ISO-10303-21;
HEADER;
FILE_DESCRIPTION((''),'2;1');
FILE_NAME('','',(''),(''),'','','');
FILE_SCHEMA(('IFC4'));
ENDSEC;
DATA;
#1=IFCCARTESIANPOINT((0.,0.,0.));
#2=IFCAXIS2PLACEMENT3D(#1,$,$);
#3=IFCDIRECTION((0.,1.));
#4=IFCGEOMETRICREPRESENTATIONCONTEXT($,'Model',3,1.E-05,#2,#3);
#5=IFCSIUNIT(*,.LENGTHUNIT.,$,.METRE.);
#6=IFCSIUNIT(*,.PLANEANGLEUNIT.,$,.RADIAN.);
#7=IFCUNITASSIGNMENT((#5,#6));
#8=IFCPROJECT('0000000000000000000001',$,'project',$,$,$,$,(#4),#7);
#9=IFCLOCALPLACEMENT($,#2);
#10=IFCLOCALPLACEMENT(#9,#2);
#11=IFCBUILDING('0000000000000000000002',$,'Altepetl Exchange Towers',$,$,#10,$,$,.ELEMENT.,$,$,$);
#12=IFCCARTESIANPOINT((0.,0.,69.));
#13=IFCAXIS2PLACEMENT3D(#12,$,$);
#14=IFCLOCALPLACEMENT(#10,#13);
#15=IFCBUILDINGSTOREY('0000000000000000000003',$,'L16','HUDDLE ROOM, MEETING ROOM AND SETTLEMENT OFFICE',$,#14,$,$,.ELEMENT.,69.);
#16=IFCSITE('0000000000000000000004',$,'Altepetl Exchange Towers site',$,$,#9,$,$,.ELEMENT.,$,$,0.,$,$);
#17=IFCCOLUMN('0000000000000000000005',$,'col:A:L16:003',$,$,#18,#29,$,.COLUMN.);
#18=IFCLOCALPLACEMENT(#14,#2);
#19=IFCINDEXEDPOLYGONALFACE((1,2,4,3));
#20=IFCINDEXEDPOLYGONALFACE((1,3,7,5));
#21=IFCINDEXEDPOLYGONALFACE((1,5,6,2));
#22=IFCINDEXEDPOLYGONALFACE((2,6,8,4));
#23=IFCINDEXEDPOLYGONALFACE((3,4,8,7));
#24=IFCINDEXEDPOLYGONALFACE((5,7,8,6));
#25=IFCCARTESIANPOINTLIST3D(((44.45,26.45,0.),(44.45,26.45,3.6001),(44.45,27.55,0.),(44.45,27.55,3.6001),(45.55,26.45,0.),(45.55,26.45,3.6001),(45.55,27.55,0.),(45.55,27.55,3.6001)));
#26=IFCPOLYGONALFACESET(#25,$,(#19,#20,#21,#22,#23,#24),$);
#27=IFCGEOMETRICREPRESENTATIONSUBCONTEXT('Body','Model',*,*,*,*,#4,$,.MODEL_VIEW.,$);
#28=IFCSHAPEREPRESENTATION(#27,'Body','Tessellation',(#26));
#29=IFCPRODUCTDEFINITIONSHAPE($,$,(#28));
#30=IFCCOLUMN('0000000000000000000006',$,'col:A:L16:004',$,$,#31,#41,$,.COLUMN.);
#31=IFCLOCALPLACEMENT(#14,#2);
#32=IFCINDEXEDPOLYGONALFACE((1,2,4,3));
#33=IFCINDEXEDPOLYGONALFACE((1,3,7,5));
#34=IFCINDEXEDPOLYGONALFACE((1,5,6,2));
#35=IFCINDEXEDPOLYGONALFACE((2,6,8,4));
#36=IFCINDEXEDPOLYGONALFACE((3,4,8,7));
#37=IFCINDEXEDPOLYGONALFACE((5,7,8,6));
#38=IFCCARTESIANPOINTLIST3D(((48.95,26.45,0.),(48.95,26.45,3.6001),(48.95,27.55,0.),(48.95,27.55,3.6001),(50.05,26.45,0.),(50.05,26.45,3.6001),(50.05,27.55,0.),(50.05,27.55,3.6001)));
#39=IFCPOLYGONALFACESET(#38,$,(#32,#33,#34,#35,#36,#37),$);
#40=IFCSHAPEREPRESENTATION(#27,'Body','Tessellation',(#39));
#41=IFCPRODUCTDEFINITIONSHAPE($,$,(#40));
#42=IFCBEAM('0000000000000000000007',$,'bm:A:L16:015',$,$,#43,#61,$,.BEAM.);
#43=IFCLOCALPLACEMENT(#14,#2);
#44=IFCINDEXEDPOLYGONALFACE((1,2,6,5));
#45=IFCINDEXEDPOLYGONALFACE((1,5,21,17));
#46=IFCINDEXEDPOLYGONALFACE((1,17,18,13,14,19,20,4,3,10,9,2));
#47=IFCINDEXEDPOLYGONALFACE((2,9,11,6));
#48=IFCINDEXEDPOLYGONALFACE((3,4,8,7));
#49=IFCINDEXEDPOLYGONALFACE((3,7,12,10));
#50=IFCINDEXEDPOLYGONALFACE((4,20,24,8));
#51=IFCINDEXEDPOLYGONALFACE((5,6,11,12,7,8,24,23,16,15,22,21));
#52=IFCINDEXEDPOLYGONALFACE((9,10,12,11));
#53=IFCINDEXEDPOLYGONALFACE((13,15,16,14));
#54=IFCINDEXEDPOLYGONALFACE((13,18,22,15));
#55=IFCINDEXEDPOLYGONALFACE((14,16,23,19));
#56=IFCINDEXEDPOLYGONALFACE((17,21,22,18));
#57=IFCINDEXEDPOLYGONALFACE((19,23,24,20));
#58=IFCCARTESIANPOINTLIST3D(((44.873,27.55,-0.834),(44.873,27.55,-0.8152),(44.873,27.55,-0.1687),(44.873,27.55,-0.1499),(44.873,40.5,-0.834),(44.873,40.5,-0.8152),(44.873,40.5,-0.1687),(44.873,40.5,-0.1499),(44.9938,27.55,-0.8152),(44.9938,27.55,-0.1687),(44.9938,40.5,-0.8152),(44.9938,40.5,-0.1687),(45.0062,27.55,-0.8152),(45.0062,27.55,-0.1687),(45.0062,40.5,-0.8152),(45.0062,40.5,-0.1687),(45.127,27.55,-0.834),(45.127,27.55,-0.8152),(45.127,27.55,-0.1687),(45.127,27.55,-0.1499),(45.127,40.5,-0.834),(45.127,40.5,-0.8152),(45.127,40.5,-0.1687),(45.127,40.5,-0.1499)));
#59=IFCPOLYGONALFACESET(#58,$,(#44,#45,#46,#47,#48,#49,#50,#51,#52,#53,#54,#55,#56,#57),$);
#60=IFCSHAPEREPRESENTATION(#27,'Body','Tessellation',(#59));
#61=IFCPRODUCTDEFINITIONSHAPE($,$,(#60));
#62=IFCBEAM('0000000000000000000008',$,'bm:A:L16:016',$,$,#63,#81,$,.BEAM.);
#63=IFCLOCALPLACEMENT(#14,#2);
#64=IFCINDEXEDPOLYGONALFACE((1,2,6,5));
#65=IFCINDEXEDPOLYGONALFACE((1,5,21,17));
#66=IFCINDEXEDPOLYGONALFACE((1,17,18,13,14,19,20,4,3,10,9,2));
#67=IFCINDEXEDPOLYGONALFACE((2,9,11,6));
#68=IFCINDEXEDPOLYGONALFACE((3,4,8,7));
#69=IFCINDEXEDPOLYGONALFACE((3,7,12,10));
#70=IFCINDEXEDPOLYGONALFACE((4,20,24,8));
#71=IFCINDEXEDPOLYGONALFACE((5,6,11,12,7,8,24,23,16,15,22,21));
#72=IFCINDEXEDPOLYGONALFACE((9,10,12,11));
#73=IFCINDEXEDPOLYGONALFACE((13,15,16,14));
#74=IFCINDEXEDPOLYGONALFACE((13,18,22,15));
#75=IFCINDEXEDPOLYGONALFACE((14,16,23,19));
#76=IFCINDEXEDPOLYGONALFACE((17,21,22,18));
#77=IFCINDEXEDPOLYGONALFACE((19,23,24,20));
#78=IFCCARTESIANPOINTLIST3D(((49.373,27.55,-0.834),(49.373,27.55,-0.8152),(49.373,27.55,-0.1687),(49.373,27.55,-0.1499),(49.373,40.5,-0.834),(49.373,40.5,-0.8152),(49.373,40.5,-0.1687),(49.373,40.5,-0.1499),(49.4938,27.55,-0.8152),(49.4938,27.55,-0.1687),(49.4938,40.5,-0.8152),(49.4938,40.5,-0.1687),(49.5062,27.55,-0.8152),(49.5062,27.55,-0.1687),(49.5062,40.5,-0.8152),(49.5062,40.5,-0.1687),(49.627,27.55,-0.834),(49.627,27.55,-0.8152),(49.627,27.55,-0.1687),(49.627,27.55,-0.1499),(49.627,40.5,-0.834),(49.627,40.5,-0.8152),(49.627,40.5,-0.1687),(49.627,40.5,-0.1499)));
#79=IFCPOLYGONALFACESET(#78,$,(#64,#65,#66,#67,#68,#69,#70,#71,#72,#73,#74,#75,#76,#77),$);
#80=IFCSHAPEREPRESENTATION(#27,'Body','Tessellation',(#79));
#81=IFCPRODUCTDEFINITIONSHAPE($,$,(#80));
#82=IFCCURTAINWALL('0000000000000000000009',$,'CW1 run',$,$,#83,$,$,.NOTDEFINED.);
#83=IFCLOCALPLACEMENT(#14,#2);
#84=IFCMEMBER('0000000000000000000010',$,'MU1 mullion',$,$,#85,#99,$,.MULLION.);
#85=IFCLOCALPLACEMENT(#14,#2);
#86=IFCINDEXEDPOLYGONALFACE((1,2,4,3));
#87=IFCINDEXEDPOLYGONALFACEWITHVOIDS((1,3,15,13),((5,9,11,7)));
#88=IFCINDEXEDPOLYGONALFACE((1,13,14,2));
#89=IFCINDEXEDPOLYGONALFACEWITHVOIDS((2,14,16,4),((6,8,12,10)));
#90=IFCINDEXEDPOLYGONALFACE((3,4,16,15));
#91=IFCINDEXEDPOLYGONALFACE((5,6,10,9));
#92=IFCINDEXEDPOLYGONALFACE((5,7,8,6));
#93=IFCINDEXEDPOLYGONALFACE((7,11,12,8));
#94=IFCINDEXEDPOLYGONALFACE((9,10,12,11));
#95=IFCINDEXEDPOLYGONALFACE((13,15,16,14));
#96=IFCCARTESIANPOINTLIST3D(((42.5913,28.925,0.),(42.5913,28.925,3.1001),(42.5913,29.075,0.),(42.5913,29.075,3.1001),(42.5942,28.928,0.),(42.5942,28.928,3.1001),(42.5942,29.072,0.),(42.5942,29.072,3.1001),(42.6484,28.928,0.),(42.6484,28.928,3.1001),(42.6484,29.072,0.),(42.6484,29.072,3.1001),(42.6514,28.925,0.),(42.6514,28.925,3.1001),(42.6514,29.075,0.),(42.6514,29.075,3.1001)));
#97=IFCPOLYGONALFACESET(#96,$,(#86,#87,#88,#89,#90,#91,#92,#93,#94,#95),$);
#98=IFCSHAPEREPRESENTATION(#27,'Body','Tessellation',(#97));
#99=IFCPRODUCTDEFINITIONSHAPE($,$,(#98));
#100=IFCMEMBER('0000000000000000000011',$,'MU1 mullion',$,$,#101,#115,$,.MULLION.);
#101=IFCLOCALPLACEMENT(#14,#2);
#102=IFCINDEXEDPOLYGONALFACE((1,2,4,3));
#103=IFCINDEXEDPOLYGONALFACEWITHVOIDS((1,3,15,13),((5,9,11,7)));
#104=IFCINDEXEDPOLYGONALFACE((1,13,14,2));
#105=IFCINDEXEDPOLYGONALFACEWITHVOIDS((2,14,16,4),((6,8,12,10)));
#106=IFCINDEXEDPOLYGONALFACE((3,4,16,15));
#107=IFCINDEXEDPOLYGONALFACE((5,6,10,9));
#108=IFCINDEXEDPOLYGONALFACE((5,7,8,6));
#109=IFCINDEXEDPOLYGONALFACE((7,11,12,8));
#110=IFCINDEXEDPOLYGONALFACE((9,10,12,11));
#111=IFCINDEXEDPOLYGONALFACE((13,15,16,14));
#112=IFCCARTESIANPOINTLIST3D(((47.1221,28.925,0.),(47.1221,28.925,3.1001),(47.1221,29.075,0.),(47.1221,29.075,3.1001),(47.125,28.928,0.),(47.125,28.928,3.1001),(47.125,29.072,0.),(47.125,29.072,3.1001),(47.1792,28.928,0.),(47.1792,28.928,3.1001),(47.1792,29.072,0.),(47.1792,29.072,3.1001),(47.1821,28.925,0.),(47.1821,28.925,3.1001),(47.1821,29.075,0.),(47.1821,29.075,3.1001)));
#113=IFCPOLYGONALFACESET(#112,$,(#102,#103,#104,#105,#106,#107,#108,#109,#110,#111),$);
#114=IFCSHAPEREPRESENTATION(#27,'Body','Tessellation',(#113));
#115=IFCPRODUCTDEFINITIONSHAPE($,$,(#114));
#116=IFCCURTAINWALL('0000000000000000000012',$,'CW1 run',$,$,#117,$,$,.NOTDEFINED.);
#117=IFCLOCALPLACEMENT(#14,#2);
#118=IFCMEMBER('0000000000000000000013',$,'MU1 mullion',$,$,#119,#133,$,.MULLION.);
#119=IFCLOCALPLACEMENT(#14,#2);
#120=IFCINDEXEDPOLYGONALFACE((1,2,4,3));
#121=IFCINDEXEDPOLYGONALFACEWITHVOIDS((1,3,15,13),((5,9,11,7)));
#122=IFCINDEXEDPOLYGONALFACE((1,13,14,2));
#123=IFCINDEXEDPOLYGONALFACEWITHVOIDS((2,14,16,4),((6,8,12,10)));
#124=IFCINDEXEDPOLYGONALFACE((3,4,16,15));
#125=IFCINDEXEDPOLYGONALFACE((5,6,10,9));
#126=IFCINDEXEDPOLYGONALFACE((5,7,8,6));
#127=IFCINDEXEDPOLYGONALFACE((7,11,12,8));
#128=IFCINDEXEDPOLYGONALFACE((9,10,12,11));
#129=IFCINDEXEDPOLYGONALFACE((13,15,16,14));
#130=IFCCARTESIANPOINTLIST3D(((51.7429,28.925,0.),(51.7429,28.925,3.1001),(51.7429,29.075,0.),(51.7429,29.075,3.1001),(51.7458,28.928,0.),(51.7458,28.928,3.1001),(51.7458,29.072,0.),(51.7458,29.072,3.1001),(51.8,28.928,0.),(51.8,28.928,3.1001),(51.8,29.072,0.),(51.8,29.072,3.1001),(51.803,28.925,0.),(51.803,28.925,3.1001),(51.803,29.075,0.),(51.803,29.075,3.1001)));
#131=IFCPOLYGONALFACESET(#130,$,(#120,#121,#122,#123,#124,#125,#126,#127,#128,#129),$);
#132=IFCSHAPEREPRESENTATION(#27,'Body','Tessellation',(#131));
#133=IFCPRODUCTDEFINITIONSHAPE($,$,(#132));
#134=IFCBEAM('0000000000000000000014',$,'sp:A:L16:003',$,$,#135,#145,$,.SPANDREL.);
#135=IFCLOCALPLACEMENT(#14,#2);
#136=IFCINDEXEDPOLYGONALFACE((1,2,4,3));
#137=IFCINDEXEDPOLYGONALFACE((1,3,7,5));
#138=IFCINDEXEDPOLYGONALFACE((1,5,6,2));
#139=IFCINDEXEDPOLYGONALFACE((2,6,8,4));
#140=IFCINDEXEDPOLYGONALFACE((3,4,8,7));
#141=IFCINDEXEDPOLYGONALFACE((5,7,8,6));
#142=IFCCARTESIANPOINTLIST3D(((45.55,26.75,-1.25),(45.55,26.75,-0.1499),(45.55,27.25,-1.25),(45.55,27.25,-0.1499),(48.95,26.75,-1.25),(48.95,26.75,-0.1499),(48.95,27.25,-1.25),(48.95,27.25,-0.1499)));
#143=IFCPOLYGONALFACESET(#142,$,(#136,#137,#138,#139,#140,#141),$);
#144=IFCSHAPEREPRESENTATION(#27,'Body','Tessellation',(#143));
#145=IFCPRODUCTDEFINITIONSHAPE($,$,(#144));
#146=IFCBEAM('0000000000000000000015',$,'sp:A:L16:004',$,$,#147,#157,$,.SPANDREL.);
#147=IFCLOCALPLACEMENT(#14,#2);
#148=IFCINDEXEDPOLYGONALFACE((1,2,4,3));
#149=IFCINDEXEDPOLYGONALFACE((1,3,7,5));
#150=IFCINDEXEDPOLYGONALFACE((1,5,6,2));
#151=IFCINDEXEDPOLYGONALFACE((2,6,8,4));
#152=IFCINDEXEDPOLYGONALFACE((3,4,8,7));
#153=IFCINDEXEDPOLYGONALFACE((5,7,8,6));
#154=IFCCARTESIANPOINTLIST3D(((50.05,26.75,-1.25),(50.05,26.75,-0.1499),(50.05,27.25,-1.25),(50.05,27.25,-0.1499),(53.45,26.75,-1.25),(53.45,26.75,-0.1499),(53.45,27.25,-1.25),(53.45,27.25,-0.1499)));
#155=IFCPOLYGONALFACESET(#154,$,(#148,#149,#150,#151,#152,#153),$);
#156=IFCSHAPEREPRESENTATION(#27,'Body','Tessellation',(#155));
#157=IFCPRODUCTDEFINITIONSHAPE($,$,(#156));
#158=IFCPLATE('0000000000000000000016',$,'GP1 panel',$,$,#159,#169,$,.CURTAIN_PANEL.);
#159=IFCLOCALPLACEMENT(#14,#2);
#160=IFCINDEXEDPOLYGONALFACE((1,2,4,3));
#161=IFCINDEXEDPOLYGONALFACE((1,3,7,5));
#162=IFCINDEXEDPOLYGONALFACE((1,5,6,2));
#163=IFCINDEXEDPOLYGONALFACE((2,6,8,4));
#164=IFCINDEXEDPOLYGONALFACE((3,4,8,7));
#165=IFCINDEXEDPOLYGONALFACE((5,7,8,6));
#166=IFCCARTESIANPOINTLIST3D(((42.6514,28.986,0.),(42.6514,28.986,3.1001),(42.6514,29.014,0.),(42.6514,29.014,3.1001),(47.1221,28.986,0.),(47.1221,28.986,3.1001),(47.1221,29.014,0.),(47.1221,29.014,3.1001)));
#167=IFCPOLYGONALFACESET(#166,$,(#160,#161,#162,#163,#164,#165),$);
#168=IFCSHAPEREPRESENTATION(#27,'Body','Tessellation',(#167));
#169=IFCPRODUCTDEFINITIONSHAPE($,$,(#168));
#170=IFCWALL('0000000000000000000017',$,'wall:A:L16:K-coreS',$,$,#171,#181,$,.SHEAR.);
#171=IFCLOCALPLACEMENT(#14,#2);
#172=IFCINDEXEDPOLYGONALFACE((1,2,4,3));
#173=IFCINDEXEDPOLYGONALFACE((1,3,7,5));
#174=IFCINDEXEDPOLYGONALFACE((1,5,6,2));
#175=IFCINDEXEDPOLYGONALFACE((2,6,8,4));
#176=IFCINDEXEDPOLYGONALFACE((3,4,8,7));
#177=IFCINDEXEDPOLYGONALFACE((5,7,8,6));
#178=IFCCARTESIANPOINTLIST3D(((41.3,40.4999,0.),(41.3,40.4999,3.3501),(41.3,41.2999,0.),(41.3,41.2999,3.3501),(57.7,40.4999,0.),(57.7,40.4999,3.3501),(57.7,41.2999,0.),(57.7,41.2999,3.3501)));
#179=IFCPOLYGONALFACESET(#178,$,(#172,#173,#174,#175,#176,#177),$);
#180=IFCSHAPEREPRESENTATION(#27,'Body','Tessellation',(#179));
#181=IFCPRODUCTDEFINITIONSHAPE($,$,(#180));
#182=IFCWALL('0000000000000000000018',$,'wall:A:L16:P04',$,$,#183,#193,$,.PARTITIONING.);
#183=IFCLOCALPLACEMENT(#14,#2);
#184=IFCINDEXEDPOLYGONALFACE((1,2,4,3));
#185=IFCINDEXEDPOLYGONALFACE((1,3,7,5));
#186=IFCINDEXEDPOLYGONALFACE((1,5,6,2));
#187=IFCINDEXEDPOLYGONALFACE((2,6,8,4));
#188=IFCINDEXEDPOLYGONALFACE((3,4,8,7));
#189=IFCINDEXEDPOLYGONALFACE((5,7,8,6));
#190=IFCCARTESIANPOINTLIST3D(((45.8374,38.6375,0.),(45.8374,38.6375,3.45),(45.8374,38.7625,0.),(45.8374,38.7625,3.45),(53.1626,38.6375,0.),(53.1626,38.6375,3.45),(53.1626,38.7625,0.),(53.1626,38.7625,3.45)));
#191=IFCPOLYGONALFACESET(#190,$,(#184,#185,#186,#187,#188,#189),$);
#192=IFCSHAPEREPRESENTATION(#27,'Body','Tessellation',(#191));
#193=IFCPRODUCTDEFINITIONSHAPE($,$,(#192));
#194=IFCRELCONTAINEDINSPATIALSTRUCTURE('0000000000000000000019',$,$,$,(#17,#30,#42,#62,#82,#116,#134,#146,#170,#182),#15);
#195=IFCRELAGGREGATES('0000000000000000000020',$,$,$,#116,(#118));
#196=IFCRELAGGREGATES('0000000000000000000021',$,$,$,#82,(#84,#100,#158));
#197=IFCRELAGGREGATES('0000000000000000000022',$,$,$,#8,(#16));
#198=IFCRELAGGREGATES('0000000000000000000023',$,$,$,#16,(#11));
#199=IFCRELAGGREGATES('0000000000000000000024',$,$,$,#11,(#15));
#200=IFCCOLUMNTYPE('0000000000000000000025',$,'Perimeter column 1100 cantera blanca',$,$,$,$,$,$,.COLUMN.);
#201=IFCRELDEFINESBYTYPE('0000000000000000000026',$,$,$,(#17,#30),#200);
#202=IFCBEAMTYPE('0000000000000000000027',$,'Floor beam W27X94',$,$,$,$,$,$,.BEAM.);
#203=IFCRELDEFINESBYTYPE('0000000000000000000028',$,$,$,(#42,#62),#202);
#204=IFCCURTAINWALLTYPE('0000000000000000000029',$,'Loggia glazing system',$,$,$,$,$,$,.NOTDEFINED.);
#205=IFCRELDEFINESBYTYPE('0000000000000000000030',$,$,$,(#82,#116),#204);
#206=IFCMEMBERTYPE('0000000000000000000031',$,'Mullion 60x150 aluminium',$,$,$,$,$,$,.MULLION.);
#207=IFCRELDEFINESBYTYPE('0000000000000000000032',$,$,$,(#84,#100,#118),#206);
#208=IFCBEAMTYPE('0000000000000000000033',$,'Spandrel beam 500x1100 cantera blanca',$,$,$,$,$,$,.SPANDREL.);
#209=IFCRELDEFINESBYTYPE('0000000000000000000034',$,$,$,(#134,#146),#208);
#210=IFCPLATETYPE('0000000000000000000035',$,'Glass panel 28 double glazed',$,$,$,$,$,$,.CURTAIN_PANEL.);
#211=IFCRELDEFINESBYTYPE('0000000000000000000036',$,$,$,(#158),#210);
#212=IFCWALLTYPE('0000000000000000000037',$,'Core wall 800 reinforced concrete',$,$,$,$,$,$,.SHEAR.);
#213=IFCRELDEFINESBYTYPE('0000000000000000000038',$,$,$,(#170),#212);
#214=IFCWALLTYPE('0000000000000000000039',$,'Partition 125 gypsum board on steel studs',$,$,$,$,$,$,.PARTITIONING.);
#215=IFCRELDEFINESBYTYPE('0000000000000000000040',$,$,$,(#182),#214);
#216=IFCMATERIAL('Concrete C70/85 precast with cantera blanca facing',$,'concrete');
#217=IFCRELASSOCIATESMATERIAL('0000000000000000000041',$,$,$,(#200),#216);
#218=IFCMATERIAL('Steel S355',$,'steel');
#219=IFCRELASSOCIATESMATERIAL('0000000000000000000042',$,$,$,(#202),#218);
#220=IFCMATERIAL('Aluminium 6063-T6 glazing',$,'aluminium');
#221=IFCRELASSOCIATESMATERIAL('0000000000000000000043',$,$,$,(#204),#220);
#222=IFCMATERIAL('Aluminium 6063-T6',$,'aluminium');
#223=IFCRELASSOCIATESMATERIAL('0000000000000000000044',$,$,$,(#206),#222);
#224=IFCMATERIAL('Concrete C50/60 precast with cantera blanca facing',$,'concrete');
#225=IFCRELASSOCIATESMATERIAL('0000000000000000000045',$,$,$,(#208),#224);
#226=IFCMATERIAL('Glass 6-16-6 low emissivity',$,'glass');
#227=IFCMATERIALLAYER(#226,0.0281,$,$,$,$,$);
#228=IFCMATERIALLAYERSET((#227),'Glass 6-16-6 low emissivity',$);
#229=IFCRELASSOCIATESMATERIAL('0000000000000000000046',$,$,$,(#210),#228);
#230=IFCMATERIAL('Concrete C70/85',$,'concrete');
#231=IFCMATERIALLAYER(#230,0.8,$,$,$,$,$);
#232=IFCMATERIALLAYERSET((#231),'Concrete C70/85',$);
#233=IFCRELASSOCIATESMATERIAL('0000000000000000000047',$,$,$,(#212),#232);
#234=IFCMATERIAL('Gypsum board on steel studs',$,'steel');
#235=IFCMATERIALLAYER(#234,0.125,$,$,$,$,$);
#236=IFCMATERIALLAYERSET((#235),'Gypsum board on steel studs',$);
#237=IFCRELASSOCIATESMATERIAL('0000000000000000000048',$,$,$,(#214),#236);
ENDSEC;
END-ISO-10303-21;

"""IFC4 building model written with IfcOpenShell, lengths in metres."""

from ifc_helpers import new_model, si_unit, direction, frame, frame_2d, origin, origin_2d, place, context, subcontext, project, spatial, rectangle, hollow_rectangle, i_section, extrude, material, layer, layer_set, material_profile, profile_set, type_object, element, aggregate, save


model = new_model("IFC4")

# Units and contexts
model_context = context("Model", 3, precision=1e-05, world=origin(), true_north=direction((0.0, 1.0)))
body_context = subcontext(model_context, "Body", "Model", "MODEL_VIEW")
ifc_project = project(units=[si_unit("LENGTHUNIT", "METRE"), si_unit("PLANEANGLEUNIT", "RADIAN")], contexts=[model_context])

# Site, building, storey
site_placement = place(None, origin())
site = spatial("IfcSite", under=ifc_project, at=site_placement, Name="Altepetl Exchange Towers site", CompositionType="ELEMENT", RefElevation=0.0)
building_placement = place(site_placement, origin())
building = spatial("IfcBuilding", under=site, at=building_placement, Name="Altepetl Exchange Towers", CompositionType="ELEMENT")
storey_placement = place(building_placement, frame((0.0, 0.0, 69.0)))
storey = spatial("IfcBuildingStorey", under=building, at=storey_placement, Name="L16", Description="HUDDLE ROOM, MEETING ROOM AND SETTLEMENT OFFICE", CompositionType="ELEMENT", Elevation=69.0)

# Columns
ifc_material_1 = material(Name="Concrete C70/85 precast with cantera blanca facing", Category="concrete")
ifc_material_profile_1 = material_profile(ifc_material_1, rectangle(XDim=1.1001, YDim=1.1001, at=origin_2d()), Name="1100 x 1100")
ifc_profile_set_1 = profile_set([ifc_material_profile_1], Name="Concrete C70/85 precast with cantera blanca facing")
column_type = type_object("IfcColumnType", Name="Perimeter column 1100 cantera blanca", PredefinedType="COLUMN", material=ifc_profile_set_1)
for number, where, name in (
    (1, (45.0, 27.0, 0.0), "col:A:L16:003"),
    (2, (49.5, 27.0, 0.0), "col:A:L16:004"),
):
    element("IfcColumn", number, at=place(storey_placement, frame(where)), inside=storey, type_object=column_type, Name=name, PredefinedType="COLUMN", context=body_context, shape_type="SweptSolid", body=[
        extrude(rectangle(XDim=1.1001, YDim=1.1001, at=origin_2d()), origin(), (0.0, 0.0, 1.0), 3.6001),
    ])

# Beams
ifc_material_2 = material(Name="Steel S355", Category="steel")
ifc_material_profile_2 = material_profile(ifc_material_2, i_section(OverallWidth=0.2539, OverallDepth=0.6841, WebThickness=0.0125, FlangeThickness=0.0188, at=origin_2d()), Name="W27X94")
ifc_profile_set_2 = profile_set([ifc_material_profile_2], Name="Steel S355")
beam_type_1 = type_object("IfcBeamType", Name="Floor beam W27X94", PredefinedType="BEAM", material=ifc_profile_set_2)
for number, where, z_axis, x_axis, name in (
    (3, (45.0, 27.55, -0.4919), (0.0, 1.0, 0.0), (-1.0, 0.0, 0.0), "bm:A:L16:015"),
    (4, (49.5, 27.55, -0.4919), (0.0, 1.0, 0.0), (-1.0, 0.0, 0.0), "bm:A:L16:016"),
):
    element("IfcBeam", number, at=place(storey_placement, frame(where, z_axis=z_axis, x_axis=x_axis)), inside=storey, type_object=beam_type_1, Name=name, PredefinedType="BEAM", context=body_context, shape_type="SweptSolid", body=[
        extrude(i_section(OverallWidth=0.2539, OverallDepth=0.6841, WebThickness=0.0125, FlangeThickness=0.0188, at=origin_2d()), origin(), (0.0, 0.0, 1.0), 12.95),
    ])

# Curtain wall, members
ifc_material_3 = material(Name="Aluminium 6063-T6 glazing", Category="aluminium")
curtain_wall_type = type_object("IfcCurtainWallType", Name="Loggia glazing system", PredefinedType="NOTDEFINED", material=ifc_material_3)
curtain_wall_1_placement = place(storey_placement, origin())
curtain_wall_1 = element("IfcCurtainWall", 5, at=curtain_wall_1_placement, inside=storey, type_object=curtain_wall_type, Name="CW1 run", PredefinedType="NOTDEFINED")
ifc_material_4 = material(Name="Aluminium 6063-T6", Category="aluminium")
ifc_material_profile_3 = material_profile(ifc_material_4, hollow_rectangle(XDim=0.0601, YDim=0.1499, WallThickness=0.0029, at=origin_2d()), Name="Mullion 60x150 aluminium")
ifc_profile_set_3 = profile_set([ifc_material_profile_3], Name="Aluminium 6063-T6")
member_type = type_object("IfcMemberType", Name="Mullion 60x150 aluminium", PredefinedType="MULLION", material=ifc_profile_set_3)
member_1_placement = place(storey_placement, frame((42.6213, 29.0, 0.0)))
member_1 = element("IfcMember", 6, at=member_1_placement, type_object=member_type, Name="MU1 mullion", PredefinedType="MULLION", context=body_context, shape_type="SweptSolid", body=[
    extrude(hollow_rectangle(XDim=0.0601, YDim=0.1499, WallThickness=0.0029, at=origin_2d()), origin(), (0.0, 0.0, 1.0), 3.1001),
])
member_2_placement = place(storey_placement, frame((47.1521, 29.0, 0.0)))
member_2 = element("IfcMember", 7, at=member_2_placement, type_object=member_type, Name="MU1 mullion", PredefinedType="MULLION", context=body_context, shape_type="SweptSolid", body=[
    extrude(hollow_rectangle(XDim=0.0601, YDim=0.1499, WallThickness=0.0029, at=origin_2d()), origin(), (0.0, 0.0, 1.0), 3.1001),
])

# Curtain wall, member
curtain_wall_2_placement = place(storey_placement, origin())
curtain_wall_2 = element("IfcCurtainWall", 8, at=curtain_wall_2_placement, inside=storey, type_object=curtain_wall_type, Name="CW1 run", PredefinedType="NOTDEFINED")
member_3_placement = place(storey_placement, frame((51.7729, 29.0, 0.0)))
member_3 = element("IfcMember", 9, at=member_3_placement, type_object=member_type, Name="MU1 mullion", PredefinedType="MULLION", context=body_context, shape_type="SweptSolid", body=[
    extrude(hollow_rectangle(XDim=0.0601, YDim=0.1499, WallThickness=0.0029, at=origin_2d()), origin(), (0.0, 0.0, 1.0), 3.1001),
])
aggregate(curtain_wall_2, [member_3])

# Beams
ifc_material_5 = material(Name="Concrete C50/60 precast with cantera blanca facing", Category="concrete")
ifc_material_profile_4 = material_profile(ifc_material_5, rectangle(XDim=0.5, YDim=1.1001, at=origin_2d()), Name="500 x 1100")
ifc_profile_set_4 = profile_set([ifc_material_profile_4], Name="Concrete C50/60 precast with cantera blanca facing")
beam_type_2 = type_object("IfcBeamType", Name="Spandrel beam 500x1100 cantera blanca", PredefinedType="SPANDREL", material=ifc_profile_set_4)
for number, where, z_axis, x_axis, name in (
    (10, (45.55, 27.0, -0.7), (1.0, 0.0, 0.0), (0.0, 1.0, 0.0), "sp:A:L16:003"),
    (11, (50.05, 27.0, -0.7), (1.0, 0.0, 0.0), (0.0, 1.0, 0.0), "sp:A:L16:004"),
):
    element("IfcBeam", number, at=place(storey_placement, frame(where, z_axis=z_axis, x_axis=x_axis)), inside=storey, type_object=beam_type_2, Name=name, PredefinedType="SPANDREL", context=body_context, shape_type="SweptSolid", body=[
        extrude(rectangle(XDim=0.5, YDim=1.1001, at=origin_2d()), origin(), (0.0, 0.0, 1.0), 3.3999),
    ])

# Plate
ifc_material_6 = material(Name="Glass 6-16-6 low emissivity", Category="glass")
ifc_layer_1 = layer(ifc_material_6, 0.0281)
ifc_layer_set_1 = layer_set([ifc_layer_1], Name="Glass 6-16-6 low emissivity")
plate_type = type_object("IfcPlateType", Name="Glass panel 28 double glazed", PredefinedType="CURTAIN_PANEL", material=ifc_layer_set_1)
plate_placement = place(storey_placement, frame((44.8867, 29.0, 0.0)))
plate = element("IfcPlate", 12, at=plate_placement, type_object=plate_type, Name="GP1 panel", PredefinedType="CURTAIN_PANEL", context=body_context, shape_type="SweptSolid", body=[
    extrude(rectangle(XDim=4.4707, YDim=0.0281, at=origin_2d()), origin(), (0.0, 0.0, 1.0), 3.1001),
])
aggregate(curtain_wall_1, [member_1, member_2, plate])

# Wall
ifc_material_7 = material(Name="Concrete C70/85", Category="concrete")
ifc_layer_2 = layer(ifc_material_7, 0.8)
ifc_layer_set_2 = layer_set([ifc_layer_2], Name="Concrete C70/85")
wall_type_1 = type_object("IfcWallType", Name="Core wall 800 reinforced concrete", PredefinedType="SHEAR", material=ifc_layer_set_2)
wall_1_placement = place(storey_placement, frame((41.3, 40.8999, 0.0)))
element("IfcWall", 13, at=wall_1_placement, inside=storey, type_object=wall_type_1, Name="wall:A:L16:K-coreS", PredefinedType="SHEAR", context=body_context, shape_type="SweptSolid", body=[
    extrude(rectangle(XDim=16.3999, YDim=0.8, at=frame_2d((8.2, 0.0))), origin(), (0.0, 0.0, 1.0), 3.3501),
])

# Wall
ifc_material_8 = material(Name="Gypsum board on steel studs", Category="steel")
ifc_layer_3 = layer(ifc_material_8, 0.125)
ifc_layer_set_3 = layer_set([ifc_layer_3], Name="Gypsum board on steel studs")
wall_type_2 = type_object("IfcWallType", Name="Partition 125 gypsum board on steel studs", PredefinedType="PARTITIONING", material=ifc_layer_set_3)
wall_2_placement = place(storey_placement, frame((45.8374, 38.7, 0.0)))
element("IfcWall", 14, at=wall_2_placement, inside=storey, type_object=wall_type_2, Name="wall:A:L16:P04", PredefinedType="PARTITIONING", context=body_context, shape_type="SweptSolid", body=[
    extrude(rectangle(XDim=7.3252, YDim=0.125, at=frame_2d((3.6626, 0.0))), origin(), (0.0, 0.0, 1.0), 3.45),
])

save(model, "model.ifc")
